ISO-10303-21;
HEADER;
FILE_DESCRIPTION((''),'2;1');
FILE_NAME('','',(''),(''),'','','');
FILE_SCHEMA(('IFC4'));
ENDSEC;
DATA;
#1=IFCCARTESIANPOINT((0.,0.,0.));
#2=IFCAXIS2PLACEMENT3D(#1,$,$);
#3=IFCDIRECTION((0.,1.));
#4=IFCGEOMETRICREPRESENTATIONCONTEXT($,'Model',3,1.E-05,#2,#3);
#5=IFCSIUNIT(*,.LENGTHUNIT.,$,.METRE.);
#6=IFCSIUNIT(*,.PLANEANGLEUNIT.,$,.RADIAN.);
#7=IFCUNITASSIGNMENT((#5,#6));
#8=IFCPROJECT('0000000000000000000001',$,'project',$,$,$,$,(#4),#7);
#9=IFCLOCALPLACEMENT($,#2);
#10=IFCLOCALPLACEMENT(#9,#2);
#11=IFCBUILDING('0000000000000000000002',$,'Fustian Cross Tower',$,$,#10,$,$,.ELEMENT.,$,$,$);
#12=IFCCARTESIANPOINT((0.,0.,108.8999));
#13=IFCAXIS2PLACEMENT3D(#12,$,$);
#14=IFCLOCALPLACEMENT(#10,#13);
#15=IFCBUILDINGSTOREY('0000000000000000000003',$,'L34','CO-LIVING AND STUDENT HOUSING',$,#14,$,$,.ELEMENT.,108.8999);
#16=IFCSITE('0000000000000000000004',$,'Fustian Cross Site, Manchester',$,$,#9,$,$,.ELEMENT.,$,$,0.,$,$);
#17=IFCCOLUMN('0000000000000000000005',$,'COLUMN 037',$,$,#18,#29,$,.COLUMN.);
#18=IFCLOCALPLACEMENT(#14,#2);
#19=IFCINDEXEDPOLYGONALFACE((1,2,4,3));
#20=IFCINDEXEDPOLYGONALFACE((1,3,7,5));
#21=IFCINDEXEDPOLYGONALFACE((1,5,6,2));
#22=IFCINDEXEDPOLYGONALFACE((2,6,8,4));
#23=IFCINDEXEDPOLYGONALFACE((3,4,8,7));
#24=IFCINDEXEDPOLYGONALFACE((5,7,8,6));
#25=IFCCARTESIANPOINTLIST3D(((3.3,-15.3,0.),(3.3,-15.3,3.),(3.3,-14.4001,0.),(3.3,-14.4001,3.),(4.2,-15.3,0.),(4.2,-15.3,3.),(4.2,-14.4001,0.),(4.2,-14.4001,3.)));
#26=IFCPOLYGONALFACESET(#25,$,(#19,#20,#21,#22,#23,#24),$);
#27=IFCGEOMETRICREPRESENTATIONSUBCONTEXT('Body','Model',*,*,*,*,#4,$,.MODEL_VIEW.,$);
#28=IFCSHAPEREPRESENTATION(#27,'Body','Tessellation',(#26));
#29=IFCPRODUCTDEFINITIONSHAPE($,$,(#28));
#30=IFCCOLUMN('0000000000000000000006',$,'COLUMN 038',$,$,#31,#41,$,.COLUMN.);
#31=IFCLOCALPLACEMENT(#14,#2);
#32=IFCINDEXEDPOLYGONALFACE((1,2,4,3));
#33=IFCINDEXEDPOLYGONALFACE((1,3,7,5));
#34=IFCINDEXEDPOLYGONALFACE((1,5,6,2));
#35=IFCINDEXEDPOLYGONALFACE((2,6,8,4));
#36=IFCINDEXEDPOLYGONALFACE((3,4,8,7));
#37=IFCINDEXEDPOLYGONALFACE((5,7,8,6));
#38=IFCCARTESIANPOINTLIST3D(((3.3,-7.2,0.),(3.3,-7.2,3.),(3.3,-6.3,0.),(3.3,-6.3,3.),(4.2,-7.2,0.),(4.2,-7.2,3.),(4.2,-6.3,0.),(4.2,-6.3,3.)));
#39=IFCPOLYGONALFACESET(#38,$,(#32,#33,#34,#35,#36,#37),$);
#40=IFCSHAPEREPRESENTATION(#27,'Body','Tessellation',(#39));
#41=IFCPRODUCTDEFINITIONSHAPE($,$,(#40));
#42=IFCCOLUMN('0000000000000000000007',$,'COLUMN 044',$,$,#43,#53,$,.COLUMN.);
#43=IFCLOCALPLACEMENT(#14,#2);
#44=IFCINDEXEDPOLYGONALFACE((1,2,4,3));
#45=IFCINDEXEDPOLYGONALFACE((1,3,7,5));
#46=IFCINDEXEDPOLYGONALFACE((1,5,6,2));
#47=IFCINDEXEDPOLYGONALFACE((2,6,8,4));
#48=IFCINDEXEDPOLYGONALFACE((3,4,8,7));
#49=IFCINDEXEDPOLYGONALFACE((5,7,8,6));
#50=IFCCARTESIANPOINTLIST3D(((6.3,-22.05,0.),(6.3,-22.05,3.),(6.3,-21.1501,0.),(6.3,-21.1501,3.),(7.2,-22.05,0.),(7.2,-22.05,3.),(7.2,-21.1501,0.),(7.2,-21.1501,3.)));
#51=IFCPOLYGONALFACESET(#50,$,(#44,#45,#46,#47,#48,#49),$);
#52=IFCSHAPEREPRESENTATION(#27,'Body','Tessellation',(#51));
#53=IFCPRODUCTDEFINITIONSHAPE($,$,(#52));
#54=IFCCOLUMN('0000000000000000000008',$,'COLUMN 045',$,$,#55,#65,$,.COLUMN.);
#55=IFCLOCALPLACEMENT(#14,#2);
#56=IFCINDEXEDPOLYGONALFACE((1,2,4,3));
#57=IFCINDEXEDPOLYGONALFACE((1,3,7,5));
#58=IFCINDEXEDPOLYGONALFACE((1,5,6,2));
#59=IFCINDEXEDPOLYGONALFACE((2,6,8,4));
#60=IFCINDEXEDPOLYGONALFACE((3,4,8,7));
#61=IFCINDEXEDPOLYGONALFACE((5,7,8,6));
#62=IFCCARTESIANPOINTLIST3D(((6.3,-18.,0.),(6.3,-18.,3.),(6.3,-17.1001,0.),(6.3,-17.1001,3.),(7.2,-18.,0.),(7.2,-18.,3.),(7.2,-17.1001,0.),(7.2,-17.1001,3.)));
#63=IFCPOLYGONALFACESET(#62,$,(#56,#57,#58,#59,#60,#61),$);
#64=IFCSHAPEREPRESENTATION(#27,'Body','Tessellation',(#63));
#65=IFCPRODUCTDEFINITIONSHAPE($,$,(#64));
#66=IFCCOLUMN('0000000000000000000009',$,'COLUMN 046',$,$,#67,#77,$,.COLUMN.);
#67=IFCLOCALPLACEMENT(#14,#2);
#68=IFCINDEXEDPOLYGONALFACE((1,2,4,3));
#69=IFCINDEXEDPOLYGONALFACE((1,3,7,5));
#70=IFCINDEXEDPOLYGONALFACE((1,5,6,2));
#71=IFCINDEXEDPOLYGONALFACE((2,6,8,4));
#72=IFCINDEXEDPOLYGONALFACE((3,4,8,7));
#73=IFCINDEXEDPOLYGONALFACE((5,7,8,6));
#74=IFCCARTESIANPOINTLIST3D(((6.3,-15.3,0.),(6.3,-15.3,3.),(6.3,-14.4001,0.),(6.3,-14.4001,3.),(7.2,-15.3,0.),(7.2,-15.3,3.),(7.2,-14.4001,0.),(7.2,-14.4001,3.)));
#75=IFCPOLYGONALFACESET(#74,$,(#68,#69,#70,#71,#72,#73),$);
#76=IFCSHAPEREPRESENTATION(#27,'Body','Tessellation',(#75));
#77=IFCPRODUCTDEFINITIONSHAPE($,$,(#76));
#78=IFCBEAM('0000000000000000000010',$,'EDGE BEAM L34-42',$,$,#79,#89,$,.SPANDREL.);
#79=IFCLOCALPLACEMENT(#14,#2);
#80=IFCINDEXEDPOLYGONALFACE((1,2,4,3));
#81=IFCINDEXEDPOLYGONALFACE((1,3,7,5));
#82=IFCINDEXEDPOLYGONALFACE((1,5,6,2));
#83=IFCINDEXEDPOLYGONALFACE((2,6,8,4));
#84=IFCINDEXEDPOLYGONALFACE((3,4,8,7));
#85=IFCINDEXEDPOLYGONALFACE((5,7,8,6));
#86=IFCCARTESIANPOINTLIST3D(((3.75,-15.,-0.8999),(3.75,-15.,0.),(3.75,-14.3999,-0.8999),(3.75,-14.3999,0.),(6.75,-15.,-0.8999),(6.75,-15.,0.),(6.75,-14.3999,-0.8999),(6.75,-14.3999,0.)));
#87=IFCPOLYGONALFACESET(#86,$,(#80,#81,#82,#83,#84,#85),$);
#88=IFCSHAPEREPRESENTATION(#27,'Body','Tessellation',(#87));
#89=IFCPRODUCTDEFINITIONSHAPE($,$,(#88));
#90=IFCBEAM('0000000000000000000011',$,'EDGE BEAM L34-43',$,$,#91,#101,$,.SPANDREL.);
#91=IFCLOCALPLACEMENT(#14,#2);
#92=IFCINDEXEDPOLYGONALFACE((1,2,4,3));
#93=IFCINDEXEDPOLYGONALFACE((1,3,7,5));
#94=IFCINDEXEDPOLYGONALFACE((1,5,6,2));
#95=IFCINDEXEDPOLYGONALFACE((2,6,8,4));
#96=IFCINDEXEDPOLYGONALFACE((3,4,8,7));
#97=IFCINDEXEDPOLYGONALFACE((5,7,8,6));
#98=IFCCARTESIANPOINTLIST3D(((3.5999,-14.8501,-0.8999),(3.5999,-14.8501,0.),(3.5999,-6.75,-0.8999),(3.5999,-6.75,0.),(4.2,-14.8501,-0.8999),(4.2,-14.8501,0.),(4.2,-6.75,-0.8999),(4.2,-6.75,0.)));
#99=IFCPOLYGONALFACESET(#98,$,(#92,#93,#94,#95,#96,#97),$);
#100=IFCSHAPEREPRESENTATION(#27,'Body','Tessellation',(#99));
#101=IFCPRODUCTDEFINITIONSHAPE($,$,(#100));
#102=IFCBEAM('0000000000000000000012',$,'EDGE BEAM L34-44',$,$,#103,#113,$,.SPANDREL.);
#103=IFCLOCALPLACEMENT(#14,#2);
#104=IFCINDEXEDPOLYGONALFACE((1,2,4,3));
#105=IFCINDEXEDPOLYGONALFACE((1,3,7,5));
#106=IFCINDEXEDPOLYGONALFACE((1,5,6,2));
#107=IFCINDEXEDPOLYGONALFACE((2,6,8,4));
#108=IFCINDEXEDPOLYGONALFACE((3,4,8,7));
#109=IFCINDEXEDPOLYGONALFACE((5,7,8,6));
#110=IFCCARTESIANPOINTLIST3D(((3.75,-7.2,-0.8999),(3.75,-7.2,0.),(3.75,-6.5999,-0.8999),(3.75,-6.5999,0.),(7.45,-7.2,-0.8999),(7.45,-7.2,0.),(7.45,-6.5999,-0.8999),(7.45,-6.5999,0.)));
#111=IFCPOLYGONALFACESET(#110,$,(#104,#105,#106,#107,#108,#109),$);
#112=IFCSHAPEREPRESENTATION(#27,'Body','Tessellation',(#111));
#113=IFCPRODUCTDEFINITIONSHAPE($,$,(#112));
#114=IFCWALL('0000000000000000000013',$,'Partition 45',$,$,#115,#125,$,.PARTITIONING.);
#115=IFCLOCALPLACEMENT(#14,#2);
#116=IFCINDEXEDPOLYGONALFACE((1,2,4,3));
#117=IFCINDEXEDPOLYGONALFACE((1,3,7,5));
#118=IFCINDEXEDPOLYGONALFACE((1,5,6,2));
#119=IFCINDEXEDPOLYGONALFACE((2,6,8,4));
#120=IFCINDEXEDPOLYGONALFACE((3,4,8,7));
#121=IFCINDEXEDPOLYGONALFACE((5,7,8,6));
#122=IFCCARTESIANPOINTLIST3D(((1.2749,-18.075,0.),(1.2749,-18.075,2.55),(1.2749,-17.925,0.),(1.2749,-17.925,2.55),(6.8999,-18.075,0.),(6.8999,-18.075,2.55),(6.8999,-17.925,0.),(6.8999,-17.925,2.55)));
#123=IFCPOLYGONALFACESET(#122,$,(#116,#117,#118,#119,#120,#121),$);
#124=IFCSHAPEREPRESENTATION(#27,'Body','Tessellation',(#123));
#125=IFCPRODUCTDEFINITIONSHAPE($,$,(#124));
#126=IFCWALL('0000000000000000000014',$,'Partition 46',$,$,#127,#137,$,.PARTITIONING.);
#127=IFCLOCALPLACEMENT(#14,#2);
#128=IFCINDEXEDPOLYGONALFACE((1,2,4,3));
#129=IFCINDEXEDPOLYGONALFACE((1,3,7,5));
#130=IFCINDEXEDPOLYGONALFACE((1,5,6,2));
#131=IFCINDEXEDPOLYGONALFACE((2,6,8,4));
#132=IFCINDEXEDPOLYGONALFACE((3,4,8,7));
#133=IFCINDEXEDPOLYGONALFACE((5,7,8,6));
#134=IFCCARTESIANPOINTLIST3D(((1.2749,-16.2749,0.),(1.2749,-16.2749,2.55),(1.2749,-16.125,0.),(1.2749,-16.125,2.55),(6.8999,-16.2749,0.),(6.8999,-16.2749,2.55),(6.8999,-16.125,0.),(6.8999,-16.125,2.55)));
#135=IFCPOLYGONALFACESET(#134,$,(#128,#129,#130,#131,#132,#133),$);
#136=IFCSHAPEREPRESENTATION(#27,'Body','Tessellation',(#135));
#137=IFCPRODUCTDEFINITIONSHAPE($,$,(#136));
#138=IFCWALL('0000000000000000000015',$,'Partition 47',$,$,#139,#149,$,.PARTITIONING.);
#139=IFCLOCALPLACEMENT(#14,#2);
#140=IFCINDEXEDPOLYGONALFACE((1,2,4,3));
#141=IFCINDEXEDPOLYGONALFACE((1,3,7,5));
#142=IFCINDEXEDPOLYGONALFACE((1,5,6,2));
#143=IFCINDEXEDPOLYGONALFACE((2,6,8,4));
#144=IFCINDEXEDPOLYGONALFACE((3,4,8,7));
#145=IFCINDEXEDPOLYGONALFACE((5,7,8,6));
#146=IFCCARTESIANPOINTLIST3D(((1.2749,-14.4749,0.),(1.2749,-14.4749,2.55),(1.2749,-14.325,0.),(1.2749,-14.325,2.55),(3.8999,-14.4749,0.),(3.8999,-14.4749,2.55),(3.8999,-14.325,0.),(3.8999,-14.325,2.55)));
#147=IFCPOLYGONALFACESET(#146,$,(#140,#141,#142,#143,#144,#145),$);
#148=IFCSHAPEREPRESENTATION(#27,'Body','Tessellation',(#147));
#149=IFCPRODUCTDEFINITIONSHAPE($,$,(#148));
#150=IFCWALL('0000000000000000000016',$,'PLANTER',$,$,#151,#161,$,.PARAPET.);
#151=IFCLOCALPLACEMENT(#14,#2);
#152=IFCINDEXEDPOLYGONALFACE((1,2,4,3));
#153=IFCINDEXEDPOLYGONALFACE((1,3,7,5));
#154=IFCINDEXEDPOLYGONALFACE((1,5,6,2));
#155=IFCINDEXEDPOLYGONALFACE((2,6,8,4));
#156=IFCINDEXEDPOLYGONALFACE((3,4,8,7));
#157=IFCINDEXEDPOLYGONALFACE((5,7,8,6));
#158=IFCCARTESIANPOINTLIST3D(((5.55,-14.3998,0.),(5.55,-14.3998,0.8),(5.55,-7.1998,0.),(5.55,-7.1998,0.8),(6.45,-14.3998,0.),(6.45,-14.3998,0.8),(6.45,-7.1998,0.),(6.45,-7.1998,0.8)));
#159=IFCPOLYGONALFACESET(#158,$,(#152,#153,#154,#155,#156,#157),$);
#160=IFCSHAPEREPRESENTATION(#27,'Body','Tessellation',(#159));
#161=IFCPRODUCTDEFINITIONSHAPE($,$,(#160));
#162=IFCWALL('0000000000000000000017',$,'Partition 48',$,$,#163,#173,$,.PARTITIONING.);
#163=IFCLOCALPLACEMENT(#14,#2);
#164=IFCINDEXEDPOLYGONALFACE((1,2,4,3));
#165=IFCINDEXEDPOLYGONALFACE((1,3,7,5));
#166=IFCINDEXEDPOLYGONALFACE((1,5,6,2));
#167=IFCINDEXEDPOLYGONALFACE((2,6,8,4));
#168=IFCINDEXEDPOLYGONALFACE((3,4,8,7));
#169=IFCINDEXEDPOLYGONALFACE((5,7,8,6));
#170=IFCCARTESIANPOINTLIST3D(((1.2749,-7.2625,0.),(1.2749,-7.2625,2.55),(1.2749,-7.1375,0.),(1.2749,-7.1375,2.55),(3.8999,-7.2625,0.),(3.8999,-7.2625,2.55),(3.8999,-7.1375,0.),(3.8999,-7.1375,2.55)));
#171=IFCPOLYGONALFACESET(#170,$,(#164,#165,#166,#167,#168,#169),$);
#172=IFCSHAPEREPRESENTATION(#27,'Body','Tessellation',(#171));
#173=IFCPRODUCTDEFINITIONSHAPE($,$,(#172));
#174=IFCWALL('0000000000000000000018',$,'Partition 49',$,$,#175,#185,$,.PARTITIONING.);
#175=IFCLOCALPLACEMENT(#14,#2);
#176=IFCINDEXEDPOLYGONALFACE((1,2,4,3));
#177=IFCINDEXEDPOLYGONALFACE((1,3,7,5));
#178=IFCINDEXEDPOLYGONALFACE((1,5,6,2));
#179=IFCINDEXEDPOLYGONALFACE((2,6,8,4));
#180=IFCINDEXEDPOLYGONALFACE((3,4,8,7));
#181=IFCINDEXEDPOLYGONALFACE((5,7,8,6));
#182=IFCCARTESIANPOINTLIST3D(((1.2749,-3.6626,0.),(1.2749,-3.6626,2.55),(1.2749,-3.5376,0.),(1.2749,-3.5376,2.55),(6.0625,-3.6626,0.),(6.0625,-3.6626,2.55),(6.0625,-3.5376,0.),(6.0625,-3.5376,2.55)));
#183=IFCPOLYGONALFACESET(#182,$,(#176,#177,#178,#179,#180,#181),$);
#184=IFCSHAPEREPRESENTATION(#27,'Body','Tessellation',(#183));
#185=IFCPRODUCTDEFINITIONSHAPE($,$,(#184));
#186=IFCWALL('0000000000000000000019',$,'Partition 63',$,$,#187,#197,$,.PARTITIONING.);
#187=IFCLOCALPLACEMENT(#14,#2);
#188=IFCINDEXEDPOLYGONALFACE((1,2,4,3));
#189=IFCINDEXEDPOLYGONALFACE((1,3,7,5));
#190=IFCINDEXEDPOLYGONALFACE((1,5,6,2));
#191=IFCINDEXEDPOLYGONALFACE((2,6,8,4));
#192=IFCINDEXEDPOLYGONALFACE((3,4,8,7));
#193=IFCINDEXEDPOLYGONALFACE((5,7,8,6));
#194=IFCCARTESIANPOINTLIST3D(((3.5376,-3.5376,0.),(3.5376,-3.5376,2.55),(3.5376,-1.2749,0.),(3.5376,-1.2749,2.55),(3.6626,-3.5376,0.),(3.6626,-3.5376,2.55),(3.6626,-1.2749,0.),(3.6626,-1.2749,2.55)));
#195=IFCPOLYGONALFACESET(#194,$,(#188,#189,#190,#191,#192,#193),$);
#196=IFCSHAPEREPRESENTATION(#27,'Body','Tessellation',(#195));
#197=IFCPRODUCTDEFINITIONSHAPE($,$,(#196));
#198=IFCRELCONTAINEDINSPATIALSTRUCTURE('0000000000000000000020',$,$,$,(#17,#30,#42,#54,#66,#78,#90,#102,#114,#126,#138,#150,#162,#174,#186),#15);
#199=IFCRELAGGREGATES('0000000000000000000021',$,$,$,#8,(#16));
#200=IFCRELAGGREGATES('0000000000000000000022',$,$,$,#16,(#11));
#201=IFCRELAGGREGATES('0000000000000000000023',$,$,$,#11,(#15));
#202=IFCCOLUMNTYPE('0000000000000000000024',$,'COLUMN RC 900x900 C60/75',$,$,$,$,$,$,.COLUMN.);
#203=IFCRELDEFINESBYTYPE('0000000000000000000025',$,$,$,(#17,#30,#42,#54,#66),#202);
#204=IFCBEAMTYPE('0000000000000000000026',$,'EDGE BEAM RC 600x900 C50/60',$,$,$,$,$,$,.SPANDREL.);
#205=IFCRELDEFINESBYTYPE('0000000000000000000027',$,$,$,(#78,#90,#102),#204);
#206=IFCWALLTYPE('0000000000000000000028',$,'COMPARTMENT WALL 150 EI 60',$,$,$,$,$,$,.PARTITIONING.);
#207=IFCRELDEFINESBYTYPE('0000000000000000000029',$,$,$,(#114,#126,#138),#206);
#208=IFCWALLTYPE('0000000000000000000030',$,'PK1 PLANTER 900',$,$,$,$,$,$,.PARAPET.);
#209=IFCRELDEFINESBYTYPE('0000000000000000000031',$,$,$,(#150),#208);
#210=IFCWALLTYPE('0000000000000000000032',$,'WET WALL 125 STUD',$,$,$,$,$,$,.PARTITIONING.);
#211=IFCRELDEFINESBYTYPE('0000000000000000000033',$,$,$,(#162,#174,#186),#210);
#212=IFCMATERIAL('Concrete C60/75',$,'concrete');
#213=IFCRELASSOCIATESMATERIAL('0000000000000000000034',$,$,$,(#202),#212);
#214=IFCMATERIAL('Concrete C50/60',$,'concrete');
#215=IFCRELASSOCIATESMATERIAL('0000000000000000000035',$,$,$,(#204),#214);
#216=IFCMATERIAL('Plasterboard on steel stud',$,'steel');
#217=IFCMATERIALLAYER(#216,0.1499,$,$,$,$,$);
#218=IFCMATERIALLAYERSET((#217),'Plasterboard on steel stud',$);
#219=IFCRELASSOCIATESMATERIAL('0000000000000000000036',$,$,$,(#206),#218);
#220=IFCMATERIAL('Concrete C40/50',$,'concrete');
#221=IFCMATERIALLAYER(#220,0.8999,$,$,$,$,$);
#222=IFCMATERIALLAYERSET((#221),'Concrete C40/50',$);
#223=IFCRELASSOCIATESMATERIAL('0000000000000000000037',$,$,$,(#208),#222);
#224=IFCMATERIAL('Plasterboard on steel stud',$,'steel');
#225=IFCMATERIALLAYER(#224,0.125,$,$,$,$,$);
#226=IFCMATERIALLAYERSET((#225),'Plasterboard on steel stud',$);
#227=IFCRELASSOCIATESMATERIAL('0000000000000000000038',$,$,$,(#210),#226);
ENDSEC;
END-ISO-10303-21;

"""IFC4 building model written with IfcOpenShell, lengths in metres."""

from ifc_helpers import new_model, si_unit, direction, frame, frame_2d, origin, origin_2d, place, context, subcontext, project, spatial, rectangle, extrude, material, layer, layer_set, material_profile, profile_set, type_object, element, save


model = new_model("IFC4")

# Units and contexts
model_context = context("Model", 3, precision=1e-05, world=origin(), true_north=direction((0.0, 1.0)))
body_context = subcontext(model_context, "Body", "Model", "MODEL_VIEW")
ifc_project = project(units=[si_unit("LENGTHUNIT", "METRE"), si_unit("PLANEANGLEUNIT", "RADIAN")], contexts=[model_context])

# Site, building, storey
site_placement = place(None, origin())
site = spatial("IfcSite", under=ifc_project, at=site_placement, Name="Fustian Cross Site, Manchester", CompositionType="ELEMENT", RefElevation=0.0)
building_placement = place(site_placement, origin())
building = spatial("IfcBuilding", under=site, at=building_placement, Name="Fustian Cross Tower", CompositionType="ELEMENT")
storey_placement = place(building_placement, frame((0.0, 0.0, 108.8999)))
storey = spatial("IfcBuildingStorey", under=building, at=storey_placement, Name="L34", Description="CO-LIVING AND STUDENT HOUSING", CompositionType="ELEMENT", Elevation=108.8999)

# Columns
ifc_material_1 = material(Name="Concrete C60/75", Category="concrete")
ifc_material_profile_1 = material_profile(ifc_material_1, rectangle(XDim=0.8999, YDim=0.8999, at=origin_2d()), Name="RC 900x900")
ifc_profile_set_1 = profile_set([ifc_material_profile_1], Name="Concrete C60/75")
column_type = type_object("IfcColumnType", Name="COLUMN RC 900x900 C60/75", PredefinedType="COLUMN", material=ifc_profile_set_1)
for number, where, z_axis, x_axis, name in (
    (1, (3.75, -14.8501, 0.0), (0.0, 0.0, 1.0), (1.0, 0.0, 0.0), "COLUMN 037"),
    (2, (3.75, -6.75, 0.0), (0.0, 0.0, 1.0), (1.0, 0.0, 0.0), "COLUMN 038"),
    (3, (6.75, -21.6001, 0.0), (0.0, 0.0, 1.0), (1.0, 0.0, 0.0), "COLUMN 044"),
    (4, (6.75, -17.55, 0.0), (0.0, 0.0, 1.0), (1.0, 0.0, 0.0), "COLUMN 045"),
    (5, (6.75, -14.8501, 0.0), (0.0, 0.0, 1.0), (1.0, 0.0, 0.0), "COLUMN 046"),
):
    element("IfcColumn", number, at=place(storey_placement, frame(where, z_axis=z_axis, x_axis=x_axis)), inside=storey, type_object=column_type, Name=name, PredefinedType="COLUMN", context=body_context, shape_type="SweptSolid", body=[
        extrude(rectangle(XDim=0.8999, YDim=0.8999, at=origin_2d()), origin(), (0.0, 0.0, 1.0), 3.0),
    ])

# Beams
ifc_material_2 = material(Name="Concrete C50/60", Category="concrete")
ifc_material_profile_2 = material_profile(ifc_material_2, rectangle(XDim=0.6001, YDim=0.8999, at=origin_2d()), Name="RC 600x900")
ifc_profile_set_2 = profile_set([ifc_material_profile_2], Name="Concrete C50/60")
beam_type = type_object("IfcBeamType", Name="EDGE BEAM RC 600x900 C50/60", PredefinedType="SPANDREL", material=ifc_profile_set_2)
beam_1_placement = place(storey_placement, frame((6.75, -14.7, -0.45), z_axis=(-1.0, 0.0, 0.0), x_axis=(0.0, -1.0, 0.0)))
element("IfcBeam", 6, at=beam_1_placement, inside=storey, type_object=beam_type, Name="EDGE BEAM L34-42", PredefinedType="SPANDREL", context=body_context, shape_type="SweptSolid", body=[
    extrude(rectangle(XDim=0.6001, YDim=0.8999, at=origin_2d()), origin(), (0.0, 0.0, 1.0), 3.0),
])
beam_2_placement = place(storey_placement, frame((3.8999, -14.8501, -0.45), z_axis=(0.0, 1.0, 0.0), x_axis=(-1.0, 0.0, 0.0)))
element("IfcBeam", 7, at=beam_2_placement, inside=storey, type_object=beam_type, Name="EDGE BEAM L34-43", PredefinedType="SPANDREL", context=body_context, shape_type="SweptSolid", body=[
    extrude(rectangle(XDim=0.6001, YDim=0.8999, at=origin_2d()), origin(), (0.0, 0.0, 1.0), 8.1001),
])
beam_3_placement = place(storey_placement, frame((3.75, -6.8999, -0.45), z_axis=(1.0, 0.0, 0.0), x_axis=(0.0, 1.0, 0.0)))
element("IfcBeam", 8, at=beam_3_placement, inside=storey, type_object=beam_type, Name="EDGE BEAM L34-44", PredefinedType="SPANDREL", context=body_context, shape_type="SweptSolid", body=[
    extrude(rectangle(XDim=0.6001, YDim=0.8999, at=origin_2d()), origin(), (0.0, 0.0, 1.0), 3.7),
])

# Walls
ifc_material_3 = material(Name="Plasterboard on steel stud", Category="steel")
ifc_layer_1 = layer(ifc_material_3, 0.1499)
ifc_layer_set_1 = layer_set([ifc_layer_1], Name="Plasterboard on steel stud")
wall_type_1 = type_object("IfcWallType", Name="COMPARTMENT WALL 150 EI 60", PredefinedType="PARTITIONING", material=ifc_layer_set_1)
for number, where, z_axis, x_axis, name in (
    (9, (1.2749, -18.0, 0.0), (0.0, 0.0, 1.0), (1.0, 0.0, 0.0), "Partition 45"),
    (10, (1.2749, -16.2, 0.0), (0.0, 0.0, 1.0), (1.0, 0.0, 0.0), "Partition 46"),
):
    element("IfcWall", number, at=place(storey_placement, frame(where, z_axis=z_axis, x_axis=x_axis)), inside=storey, type_object=wall_type_1, Name=name, PredefinedType="PARTITIONING", context=body_context, shape_type="SweptSolid", body=[
        extrude(rectangle(XDim=5.625, YDim=0.1499, at=frame_2d((2.8125, 0.0))), origin(), (0.0, 0.0, 1.0), 2.55),
    ])
wall_1_placement = place(storey_placement, frame((1.2749, -14.3999, 0.0), z_axis=(0.0, 0.0, 1.0), x_axis=(1.0, 0.0, 0.0)))
element("IfcWall", 11, at=wall_1_placement, inside=storey, type_object=wall_type_1, Name="Partition 47", PredefinedType="PARTITIONING", context=body_context, shape_type="SweptSolid", body=[
    extrude(rectangle(XDim=2.625, YDim=0.1499, at=frame_2d((1.3125, 0.0))), origin(), (0.0, 0.0, 1.0), 2.55),
])
ifc_material_4 = material(Name="Concrete C40/50", Category="concrete")
ifc_layer_2 = layer(ifc_material_4, 0.8999)
ifc_layer_set_2 = layer_set([ifc_layer_2], Name="Concrete C40/50")
wall_type_2 = type_object("IfcWallType", Name="PK1 PLANTER 900", PredefinedType="PARAPET", material=ifc_layer_set_2)
wall_2_placement = place(storey_placement, frame((6.0, -14.3999, 0.0), z_axis=(0.0, 0.0, 1.0), x_axis=(0.0, 1.0, 0.0)))
element("IfcWall", 12, at=wall_2_placement, inside=storey, type_object=wall_type_2, Name="PLANTER", PredefinedType="PARAPET", context=body_context, shape_type="SweptSolid", body=[
    extrude(rectangle(XDim=7.2, YDim=0.8999, at=frame_2d((3.6001, 0.0))), origin(), (0.0, 0.0, 1.0), 0.8),
])
ifc_material_5 = material(Name="Plasterboard on steel stud", Category="steel")
ifc_layer_3 = layer(ifc_material_5, 0.125)
ifc_layer_set_3 = layer_set([ifc_layer_3], Name="Plasterboard on steel stud")
wall_type_3 = type_object("IfcWallType", Name="WET WALL 125 STUD", PredefinedType="PARTITIONING", material=ifc_layer_set_3)
wall_3_placement = place(storey_placement, frame((1.2749, -7.2, 0.0), z_axis=(0.0, 0.0, 1.0), x_axis=(1.0, 0.0, 0.0)))
element("IfcWall", 13, at=wall_3_placement, inside=storey, type_object=wall_type_3, Name="Partition 48", PredefinedType="PARTITIONING", context=body_context, shape_type="SweptSolid", body=[
    extrude(rectangle(XDim=2.625, YDim=0.125, at=frame_2d((1.3125, 0.0))), origin(), (0.0, 0.0, 1.0), 2.55),
])
wall_4_placement = place(storey_placement, frame((1.2749, -3.6001, 0.0), z_axis=(0.0, 0.0, 1.0), x_axis=(1.0, 0.0, 0.0)))
element("IfcWall", 14, at=wall_4_placement, inside=storey, type_object=wall_type_3, Name="Partition 49", PredefinedType="PARTITIONING", context=body_context, shape_type="SweptSolid", body=[
    extrude(rectangle(XDim=4.7876, YDim=0.125, at=frame_2d((2.3938, 0.0))), origin(), (0.0, 0.0, 1.0), 2.55),
])
for number, where, z_axis, x_axis, name in (
    (15, (3.6001, -3.5376, 0.0), (0.0, 0.0, 1.0), (0.0, 1.0, 0.0), "Partition 63"),
):
    element("IfcWall", number, at=place(storey_placement, frame(where, z_axis=z_axis, x_axis=x_axis)), inside=storey, type_object=wall_type_3, Name=name, PredefinedType="PARTITIONING", context=body_context, shape_type="SweptSolid", body=[
        extrude(rectangle(XDim=2.2627, YDim=0.125, at=frame_2d((1.1313, 0.0))), origin(), (0.0, 0.0, 1.0), 2.55),
    ])

save(model, "model.ifc")
